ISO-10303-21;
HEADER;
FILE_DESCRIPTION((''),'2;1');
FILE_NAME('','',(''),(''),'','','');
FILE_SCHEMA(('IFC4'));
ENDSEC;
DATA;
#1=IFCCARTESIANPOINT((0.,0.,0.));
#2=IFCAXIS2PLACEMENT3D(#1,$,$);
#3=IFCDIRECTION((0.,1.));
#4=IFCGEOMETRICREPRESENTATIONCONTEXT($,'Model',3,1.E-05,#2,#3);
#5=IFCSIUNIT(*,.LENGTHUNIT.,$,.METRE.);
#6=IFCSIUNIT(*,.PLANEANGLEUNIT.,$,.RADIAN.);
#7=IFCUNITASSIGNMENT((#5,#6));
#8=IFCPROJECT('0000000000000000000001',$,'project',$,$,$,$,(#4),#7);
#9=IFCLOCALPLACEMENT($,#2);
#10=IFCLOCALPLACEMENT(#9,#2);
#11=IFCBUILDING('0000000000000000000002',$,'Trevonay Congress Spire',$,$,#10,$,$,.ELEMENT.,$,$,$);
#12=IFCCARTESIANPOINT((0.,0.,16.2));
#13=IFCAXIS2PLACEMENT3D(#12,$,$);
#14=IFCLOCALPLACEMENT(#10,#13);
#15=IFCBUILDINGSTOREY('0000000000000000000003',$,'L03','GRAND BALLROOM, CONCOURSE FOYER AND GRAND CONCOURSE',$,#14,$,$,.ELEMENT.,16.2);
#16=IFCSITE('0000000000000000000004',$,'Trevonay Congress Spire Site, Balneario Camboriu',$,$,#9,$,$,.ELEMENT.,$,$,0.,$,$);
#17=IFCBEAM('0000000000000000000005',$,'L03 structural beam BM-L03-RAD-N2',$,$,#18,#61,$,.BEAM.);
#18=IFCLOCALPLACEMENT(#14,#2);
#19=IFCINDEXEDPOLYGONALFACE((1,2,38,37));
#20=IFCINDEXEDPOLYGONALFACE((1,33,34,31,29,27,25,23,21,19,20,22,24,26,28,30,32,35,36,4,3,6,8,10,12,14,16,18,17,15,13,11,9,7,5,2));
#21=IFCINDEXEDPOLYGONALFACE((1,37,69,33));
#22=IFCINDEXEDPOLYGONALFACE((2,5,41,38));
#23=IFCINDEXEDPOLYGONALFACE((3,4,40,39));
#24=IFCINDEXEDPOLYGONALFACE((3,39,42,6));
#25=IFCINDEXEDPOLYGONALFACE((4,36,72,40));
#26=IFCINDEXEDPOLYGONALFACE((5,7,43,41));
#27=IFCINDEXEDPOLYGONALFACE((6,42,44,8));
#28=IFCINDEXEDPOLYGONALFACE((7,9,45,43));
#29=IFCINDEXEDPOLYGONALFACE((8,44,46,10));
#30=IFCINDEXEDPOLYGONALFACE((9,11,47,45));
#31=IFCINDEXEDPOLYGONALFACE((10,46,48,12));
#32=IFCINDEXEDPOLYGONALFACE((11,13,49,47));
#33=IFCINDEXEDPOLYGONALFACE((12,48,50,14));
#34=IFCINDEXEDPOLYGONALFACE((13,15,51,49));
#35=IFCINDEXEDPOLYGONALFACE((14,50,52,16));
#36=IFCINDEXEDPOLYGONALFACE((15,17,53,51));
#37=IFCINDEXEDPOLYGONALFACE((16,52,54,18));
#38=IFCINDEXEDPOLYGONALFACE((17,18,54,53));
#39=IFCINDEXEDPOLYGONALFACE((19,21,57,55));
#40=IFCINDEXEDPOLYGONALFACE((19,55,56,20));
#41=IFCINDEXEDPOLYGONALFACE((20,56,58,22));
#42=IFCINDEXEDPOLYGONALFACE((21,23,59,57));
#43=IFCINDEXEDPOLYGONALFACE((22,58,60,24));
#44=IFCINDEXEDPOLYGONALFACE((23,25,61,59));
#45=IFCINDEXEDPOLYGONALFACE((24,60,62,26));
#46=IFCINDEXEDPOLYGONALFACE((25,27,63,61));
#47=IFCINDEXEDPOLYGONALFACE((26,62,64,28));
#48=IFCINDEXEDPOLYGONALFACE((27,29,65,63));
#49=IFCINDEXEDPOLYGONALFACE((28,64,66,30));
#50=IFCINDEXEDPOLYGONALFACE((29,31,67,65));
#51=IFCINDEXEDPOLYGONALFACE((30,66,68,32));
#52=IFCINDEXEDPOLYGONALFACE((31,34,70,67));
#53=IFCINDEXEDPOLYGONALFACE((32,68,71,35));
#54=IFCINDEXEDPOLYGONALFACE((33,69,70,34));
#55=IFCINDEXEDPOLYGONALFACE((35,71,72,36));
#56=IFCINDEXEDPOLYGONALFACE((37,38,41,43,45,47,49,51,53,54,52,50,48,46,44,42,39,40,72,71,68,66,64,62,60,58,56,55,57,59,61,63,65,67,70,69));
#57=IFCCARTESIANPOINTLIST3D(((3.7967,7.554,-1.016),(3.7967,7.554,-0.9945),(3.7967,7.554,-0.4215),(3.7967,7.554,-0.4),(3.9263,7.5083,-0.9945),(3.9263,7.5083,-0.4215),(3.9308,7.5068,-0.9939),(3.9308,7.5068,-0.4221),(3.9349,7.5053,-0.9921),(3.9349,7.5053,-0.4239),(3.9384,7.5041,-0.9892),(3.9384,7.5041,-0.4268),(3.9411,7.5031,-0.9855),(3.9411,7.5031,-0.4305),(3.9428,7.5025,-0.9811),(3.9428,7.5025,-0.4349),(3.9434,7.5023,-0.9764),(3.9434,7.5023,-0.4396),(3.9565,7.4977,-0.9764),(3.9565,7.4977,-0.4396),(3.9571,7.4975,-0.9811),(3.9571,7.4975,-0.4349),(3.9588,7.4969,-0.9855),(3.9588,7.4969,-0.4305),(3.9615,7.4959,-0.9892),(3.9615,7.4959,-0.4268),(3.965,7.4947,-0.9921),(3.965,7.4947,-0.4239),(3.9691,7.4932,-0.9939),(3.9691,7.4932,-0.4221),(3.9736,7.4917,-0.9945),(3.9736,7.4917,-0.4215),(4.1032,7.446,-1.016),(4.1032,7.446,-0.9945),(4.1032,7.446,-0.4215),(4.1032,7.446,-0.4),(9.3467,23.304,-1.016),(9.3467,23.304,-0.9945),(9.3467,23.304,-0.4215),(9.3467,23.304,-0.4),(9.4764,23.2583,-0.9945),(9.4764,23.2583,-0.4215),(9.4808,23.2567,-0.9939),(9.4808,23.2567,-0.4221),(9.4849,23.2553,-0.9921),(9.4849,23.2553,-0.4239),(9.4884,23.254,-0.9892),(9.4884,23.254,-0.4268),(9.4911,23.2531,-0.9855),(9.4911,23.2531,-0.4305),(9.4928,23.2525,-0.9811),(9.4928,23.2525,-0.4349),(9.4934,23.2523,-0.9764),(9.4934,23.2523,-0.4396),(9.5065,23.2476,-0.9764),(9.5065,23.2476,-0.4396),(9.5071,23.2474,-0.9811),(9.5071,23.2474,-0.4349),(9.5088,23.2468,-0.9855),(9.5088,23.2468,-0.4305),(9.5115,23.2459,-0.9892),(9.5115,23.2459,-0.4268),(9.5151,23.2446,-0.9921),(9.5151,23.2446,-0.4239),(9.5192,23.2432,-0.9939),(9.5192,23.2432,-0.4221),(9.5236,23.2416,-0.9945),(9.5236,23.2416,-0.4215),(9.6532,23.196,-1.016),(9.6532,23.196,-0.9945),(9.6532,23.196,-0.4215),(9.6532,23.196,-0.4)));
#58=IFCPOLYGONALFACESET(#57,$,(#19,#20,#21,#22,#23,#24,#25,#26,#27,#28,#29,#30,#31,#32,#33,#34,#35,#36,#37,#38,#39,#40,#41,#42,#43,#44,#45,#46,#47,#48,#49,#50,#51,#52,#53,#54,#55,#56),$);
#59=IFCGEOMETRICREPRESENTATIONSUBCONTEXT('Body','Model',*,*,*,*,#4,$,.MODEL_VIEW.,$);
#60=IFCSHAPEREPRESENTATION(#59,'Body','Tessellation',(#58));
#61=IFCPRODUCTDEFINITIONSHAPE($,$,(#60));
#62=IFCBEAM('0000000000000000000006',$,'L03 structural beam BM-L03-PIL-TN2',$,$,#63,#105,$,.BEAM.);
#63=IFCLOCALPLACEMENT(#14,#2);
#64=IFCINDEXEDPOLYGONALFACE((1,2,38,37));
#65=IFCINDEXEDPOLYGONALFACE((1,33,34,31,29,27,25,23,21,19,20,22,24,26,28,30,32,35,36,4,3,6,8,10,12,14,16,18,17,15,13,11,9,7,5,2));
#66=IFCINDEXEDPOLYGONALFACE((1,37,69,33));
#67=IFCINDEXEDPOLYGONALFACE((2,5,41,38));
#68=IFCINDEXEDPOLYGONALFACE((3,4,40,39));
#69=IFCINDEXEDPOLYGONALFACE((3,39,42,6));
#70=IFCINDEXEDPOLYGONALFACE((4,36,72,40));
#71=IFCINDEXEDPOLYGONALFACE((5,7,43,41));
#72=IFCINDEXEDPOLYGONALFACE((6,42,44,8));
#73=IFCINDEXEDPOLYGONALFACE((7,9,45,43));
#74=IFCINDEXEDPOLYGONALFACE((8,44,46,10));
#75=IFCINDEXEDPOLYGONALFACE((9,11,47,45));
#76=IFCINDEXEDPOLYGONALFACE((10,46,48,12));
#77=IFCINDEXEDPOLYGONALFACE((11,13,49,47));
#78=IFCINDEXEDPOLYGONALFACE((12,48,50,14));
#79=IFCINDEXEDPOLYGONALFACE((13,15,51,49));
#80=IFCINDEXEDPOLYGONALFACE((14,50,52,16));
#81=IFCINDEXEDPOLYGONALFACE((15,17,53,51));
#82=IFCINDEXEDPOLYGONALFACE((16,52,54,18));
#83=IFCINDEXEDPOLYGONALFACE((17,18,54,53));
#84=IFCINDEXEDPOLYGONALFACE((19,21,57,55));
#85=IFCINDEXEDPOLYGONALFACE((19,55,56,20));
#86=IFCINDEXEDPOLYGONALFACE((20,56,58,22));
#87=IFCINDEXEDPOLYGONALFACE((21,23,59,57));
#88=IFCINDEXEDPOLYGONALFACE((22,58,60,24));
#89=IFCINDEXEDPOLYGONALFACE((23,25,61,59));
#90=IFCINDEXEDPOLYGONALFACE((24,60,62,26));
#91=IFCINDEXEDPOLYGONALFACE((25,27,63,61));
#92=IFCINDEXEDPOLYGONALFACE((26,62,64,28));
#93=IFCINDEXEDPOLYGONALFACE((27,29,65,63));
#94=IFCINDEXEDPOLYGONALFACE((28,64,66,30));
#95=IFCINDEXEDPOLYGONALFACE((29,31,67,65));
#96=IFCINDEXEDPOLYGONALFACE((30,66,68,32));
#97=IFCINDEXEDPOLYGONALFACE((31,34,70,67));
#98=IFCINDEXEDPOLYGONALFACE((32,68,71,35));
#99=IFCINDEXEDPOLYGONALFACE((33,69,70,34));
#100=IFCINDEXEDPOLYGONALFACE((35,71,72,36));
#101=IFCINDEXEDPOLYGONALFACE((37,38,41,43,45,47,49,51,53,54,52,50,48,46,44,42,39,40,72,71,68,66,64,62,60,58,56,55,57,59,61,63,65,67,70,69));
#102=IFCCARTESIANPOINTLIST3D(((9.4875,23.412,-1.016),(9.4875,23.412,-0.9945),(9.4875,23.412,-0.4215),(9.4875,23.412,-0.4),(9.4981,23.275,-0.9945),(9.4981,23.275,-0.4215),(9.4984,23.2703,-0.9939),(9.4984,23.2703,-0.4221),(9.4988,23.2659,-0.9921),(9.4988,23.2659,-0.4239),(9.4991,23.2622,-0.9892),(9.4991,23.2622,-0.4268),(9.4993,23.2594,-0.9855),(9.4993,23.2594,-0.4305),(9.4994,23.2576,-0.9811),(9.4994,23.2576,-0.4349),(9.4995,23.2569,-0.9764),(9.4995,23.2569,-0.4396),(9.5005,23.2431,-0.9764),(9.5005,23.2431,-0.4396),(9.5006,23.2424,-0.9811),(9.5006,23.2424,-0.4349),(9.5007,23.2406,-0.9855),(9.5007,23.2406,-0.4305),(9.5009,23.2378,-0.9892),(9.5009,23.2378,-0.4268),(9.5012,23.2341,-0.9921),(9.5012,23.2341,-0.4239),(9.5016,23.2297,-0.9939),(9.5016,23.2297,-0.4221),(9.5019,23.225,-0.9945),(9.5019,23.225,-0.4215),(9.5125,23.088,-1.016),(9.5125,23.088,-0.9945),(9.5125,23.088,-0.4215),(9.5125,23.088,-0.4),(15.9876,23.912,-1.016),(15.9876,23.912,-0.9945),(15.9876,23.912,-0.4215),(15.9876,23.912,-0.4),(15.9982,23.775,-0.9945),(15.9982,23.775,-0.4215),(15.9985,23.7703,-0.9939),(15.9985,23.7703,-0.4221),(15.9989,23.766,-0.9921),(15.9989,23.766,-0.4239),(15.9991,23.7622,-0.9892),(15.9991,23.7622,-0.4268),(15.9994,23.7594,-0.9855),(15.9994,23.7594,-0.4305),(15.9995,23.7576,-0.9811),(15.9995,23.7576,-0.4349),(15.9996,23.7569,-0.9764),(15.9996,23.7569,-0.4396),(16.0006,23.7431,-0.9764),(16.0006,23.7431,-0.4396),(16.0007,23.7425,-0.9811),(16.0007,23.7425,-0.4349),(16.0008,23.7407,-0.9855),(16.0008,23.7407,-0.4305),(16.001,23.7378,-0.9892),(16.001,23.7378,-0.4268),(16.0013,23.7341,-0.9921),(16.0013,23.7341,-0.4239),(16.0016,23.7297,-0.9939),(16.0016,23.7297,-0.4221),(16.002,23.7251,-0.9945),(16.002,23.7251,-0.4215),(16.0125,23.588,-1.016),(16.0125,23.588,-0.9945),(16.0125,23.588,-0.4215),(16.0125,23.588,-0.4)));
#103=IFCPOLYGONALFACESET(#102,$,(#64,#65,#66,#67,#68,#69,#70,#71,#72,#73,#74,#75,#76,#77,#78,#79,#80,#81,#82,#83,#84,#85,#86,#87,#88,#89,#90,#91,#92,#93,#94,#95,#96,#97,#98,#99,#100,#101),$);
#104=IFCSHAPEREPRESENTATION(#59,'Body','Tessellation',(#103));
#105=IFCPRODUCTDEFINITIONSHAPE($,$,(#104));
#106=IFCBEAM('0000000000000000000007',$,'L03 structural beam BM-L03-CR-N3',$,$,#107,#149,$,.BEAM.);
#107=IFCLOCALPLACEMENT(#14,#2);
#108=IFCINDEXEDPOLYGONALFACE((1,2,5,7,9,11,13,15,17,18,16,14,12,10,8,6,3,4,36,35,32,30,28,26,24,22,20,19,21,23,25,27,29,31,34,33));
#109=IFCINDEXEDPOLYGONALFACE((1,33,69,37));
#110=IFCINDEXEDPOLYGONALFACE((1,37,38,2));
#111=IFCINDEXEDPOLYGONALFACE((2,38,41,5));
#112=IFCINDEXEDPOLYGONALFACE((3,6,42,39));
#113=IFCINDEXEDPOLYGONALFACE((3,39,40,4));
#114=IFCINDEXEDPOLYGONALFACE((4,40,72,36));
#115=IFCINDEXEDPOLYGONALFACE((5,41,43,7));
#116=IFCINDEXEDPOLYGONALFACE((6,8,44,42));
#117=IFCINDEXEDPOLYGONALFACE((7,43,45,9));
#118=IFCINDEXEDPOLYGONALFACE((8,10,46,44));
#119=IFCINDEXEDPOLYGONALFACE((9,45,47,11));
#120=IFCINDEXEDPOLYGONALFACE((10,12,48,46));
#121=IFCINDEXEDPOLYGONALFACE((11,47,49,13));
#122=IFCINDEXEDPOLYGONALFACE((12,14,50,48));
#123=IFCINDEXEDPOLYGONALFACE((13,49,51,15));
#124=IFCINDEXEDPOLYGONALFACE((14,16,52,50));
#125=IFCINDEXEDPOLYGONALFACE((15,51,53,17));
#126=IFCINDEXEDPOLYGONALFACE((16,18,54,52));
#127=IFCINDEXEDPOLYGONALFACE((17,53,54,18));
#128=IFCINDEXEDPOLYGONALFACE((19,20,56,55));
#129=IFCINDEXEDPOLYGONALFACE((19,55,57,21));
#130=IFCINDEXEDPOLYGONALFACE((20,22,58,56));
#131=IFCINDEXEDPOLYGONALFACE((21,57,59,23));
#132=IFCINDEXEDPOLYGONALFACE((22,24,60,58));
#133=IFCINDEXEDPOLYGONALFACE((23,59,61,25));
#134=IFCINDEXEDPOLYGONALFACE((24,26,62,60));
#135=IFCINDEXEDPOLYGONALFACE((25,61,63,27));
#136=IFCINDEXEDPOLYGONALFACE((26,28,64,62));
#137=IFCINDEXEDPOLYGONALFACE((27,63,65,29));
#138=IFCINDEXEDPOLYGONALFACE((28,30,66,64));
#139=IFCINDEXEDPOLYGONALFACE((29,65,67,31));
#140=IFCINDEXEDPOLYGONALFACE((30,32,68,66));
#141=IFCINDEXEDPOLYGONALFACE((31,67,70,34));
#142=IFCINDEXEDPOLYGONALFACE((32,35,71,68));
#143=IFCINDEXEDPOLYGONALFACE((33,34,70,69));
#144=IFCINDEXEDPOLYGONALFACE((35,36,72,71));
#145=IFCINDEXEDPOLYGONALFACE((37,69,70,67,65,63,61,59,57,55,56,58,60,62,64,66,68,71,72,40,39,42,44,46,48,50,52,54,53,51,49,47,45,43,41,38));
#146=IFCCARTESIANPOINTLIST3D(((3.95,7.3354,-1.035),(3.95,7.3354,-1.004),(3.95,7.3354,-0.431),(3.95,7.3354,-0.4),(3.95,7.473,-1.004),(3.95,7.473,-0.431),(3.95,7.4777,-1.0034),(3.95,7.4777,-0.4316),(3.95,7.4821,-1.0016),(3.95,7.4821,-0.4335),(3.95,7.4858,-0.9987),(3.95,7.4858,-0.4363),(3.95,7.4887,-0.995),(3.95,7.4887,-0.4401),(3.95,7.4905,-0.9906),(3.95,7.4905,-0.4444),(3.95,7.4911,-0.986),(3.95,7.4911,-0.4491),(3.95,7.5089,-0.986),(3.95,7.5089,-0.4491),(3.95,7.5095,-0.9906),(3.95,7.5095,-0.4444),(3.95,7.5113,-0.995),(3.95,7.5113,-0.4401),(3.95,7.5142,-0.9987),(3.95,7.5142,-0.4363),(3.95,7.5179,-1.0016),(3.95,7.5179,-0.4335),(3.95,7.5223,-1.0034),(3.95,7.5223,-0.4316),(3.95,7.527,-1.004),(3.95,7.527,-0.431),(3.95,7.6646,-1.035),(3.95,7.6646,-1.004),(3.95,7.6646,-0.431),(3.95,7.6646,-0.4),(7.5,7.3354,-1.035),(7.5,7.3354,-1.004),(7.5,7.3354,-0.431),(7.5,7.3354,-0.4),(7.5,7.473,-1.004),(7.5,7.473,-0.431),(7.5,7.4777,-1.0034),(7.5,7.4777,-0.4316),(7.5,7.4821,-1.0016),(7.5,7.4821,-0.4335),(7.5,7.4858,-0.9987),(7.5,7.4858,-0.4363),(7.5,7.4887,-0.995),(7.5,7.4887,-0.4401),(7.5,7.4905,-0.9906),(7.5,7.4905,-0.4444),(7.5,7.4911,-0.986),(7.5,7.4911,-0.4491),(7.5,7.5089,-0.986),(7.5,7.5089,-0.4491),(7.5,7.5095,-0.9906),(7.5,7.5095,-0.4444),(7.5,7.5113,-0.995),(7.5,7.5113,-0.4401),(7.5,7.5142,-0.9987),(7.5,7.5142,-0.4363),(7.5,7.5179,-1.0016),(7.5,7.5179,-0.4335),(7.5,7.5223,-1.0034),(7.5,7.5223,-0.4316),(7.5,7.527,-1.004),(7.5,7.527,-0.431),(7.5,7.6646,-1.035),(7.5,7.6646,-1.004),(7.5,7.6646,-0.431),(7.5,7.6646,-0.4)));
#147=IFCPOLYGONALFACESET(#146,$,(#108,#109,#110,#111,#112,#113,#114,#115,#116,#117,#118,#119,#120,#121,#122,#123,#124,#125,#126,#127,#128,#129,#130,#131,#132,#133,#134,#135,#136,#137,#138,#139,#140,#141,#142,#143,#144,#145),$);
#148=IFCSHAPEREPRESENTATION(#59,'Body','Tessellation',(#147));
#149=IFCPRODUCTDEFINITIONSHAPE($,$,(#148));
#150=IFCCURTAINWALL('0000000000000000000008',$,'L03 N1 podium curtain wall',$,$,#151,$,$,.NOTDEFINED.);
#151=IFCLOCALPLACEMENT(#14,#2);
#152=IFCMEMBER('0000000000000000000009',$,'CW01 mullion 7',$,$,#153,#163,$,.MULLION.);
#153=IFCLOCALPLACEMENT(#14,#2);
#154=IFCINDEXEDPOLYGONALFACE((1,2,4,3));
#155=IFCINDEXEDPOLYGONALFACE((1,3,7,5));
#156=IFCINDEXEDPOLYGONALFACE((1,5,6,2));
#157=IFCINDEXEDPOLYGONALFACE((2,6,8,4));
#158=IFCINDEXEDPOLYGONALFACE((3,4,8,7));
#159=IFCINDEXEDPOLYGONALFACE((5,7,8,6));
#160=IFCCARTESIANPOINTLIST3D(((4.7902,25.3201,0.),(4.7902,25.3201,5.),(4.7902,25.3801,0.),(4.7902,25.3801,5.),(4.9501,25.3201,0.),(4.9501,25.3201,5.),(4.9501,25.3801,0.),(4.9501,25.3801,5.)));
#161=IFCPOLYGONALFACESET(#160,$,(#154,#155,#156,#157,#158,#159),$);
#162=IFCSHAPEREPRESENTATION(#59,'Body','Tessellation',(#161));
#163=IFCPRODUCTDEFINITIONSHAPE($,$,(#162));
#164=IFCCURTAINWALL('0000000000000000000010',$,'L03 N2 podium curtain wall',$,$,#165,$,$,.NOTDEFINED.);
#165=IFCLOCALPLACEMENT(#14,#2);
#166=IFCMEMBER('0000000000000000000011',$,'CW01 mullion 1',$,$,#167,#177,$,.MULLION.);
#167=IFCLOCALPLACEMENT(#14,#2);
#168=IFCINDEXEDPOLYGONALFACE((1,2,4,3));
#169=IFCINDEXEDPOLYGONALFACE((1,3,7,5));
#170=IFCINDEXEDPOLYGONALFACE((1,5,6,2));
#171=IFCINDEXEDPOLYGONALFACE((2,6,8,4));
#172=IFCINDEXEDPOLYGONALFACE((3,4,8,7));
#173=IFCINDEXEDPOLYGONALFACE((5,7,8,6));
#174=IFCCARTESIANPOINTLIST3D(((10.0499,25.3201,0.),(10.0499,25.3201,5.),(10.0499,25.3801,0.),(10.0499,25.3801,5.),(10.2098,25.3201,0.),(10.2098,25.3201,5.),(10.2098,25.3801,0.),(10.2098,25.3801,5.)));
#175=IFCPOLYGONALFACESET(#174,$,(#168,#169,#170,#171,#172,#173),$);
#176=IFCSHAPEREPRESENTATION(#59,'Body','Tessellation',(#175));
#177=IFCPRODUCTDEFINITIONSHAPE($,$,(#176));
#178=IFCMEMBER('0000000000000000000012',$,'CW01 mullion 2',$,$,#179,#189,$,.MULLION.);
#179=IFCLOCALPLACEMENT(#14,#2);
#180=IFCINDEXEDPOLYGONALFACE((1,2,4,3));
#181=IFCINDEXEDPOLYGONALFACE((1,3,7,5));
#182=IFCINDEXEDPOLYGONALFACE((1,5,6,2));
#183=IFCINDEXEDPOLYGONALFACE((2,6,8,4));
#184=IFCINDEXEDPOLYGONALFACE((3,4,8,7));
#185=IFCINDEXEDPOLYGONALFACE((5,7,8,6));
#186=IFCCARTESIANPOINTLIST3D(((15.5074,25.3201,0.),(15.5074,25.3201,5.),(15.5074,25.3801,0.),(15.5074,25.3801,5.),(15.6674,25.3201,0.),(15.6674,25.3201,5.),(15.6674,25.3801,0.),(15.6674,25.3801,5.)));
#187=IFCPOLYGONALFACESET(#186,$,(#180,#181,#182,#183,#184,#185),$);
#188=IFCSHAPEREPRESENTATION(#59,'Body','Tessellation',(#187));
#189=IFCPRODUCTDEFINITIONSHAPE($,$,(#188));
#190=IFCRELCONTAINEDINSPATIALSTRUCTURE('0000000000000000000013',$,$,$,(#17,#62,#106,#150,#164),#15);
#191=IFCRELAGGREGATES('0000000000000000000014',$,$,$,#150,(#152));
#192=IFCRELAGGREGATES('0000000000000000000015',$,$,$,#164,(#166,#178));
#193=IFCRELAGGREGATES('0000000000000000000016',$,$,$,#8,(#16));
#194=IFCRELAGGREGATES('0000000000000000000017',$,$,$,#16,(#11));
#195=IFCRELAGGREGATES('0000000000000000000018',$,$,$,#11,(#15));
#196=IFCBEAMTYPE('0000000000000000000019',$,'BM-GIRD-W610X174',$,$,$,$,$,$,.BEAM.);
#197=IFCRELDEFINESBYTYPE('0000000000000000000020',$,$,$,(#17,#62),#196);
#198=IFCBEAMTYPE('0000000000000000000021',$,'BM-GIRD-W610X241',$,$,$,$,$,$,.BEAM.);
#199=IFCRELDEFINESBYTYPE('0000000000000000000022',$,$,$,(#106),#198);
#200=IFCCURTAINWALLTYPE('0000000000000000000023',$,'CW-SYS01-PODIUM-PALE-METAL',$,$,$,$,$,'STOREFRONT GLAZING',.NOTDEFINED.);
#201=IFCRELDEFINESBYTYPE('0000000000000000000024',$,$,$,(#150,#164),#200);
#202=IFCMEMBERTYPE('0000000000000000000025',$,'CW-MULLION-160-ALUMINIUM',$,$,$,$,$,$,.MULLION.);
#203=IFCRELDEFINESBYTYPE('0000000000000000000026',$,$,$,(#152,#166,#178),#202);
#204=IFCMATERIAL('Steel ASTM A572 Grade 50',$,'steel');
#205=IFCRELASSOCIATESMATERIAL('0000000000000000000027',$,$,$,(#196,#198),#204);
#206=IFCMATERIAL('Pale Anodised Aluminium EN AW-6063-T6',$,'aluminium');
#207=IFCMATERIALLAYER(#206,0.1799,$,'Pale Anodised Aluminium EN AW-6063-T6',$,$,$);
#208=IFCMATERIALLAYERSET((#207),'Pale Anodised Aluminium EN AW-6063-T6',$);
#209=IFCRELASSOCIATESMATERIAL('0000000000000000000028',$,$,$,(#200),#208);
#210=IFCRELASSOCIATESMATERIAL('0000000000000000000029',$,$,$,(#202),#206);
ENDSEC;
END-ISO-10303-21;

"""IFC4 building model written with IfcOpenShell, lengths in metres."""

from ifc_helpers import new_model, si_unit, direction, frame, origin, origin_2d, place, context, subcontext, project, spatial, rectangle, i_section, extrude, material, layer, layer_set, material_profile, profile_set, type_object, element, aggregate, save


model = new_model("IFC4")

# Units and contexts
model_context = context("Model", 3, precision=1e-05, world=origin(), true_north=direction((0.0, 1.0)))
body_context = subcontext(model_context, "Body", "Model", "MODEL_VIEW")
ifc_project = project(units=[si_unit("LENGTHUNIT", "METRE"), si_unit("PLANEANGLEUNIT", "RADIAN")], contexts=[model_context])

# Site, building, storey
site_placement = place(None, origin())
site = spatial("IfcSite", under=ifc_project, at=site_placement, Name="Trevonay Congress Spire Site, Balneario Camboriu", CompositionType="ELEMENT", RefElevation=0.0)
building_placement = place(site_placement, origin())
building = spatial("IfcBuilding", under=site, at=building_placement, Name="Trevonay Congress Spire", CompositionType="ELEMENT")
storey_placement = place(building_placement, frame((0.0, 0.0, 16.2)))
storey = spatial("IfcBuildingStorey", under=building, at=storey_placement, Name="L03", Description="GRAND BALLROOM, CONCOURSE FOYER AND GRAND CONCOURSE", CompositionType="ELEMENT", Elevation=16.2)

# Shared definitions
ifc_material_1 = material(Name="Steel ASTM A572 Grade 50", Category="steel")

# Beams
ifc_material_profile_1 = material_profile(ifc_material_1, i_section(OverallWidth=0.325, OverallDepth=0.616, WebThickness=0.0139, FlangeThickness=0.0215, FilletRadius=0.0181, at=origin_2d()), Name="W610x174")
ifc_profile_set_1 = profile_set([ifc_material_profile_1], Name="Steel ASTM A572 Grade 50")
beam_type_1 = type_object("IfcBeamType", Name="BM-GIRD-W610X174", PredefinedType="BEAM", material=ifc_profile_set_1)
beam_1_placement = place(storey_placement, frame((3.95, 7.5, -0.708), z_axis=(0.332353, 0.943155, 0.0), x_axis=(-0.943155, 0.332353, 0.0)))
element("IfcBeam", 1, at=beam_1_placement, inside=storey, type_object=beam_type_1, Name="L03 structural beam BM-L03-RAD-N2", PredefinedType="BEAM", context=body_context, shape_type="SweptSolid", body=[
    extrude(i_section(OverallWidth=0.325, OverallDepth=0.616, WebThickness=0.0139, FlangeThickness=0.0215, FilletRadius=0.0181, at=origin_2d()), origin(), (0.0, 0.0, 1.0), 16.6992),
])
beam_2_placement = place(storey_placement, frame((9.5, 23.25, -0.708), z_axis=(0.997054, 0.076696, 0.0), x_axis=(-0.076696, 0.997054, 0.0)))
element("IfcBeam", 2, at=beam_2_placement, inside=storey, type_object=beam_type_1, Name="L03 structural beam BM-L03-PIL-TN2", PredefinedType="BEAM", context=body_context, shape_type="SweptSolid", body=[
    extrude(i_section(OverallWidth=0.325, OverallDepth=0.616, WebThickness=0.0139, FlangeThickness=0.0215, FilletRadius=0.0181, at=origin_2d()), origin(), (0.0, 0.0, 1.0), 6.5193),
])
ifc_material_profile_2 = material_profile(ifc_material_1, i_section(OverallWidth=0.3291, OverallDepth=0.635, WebThickness=0.0178, FlangeThickness=0.031, FilletRadius=0.0181, at=origin_2d()), Name="W610x241")
ifc_profile_set_2 = profile_set([ifc_material_profile_2], Name="Steel ASTM A572 Grade 50")
beam_type_2 = type_object("IfcBeamType", Name="BM-GIRD-W610X241", PredefinedType="BEAM", material=ifc_profile_set_2)
beam_3_placement = place(storey_placement, frame((3.95, 7.5, -0.7175), z_axis=(1.0, 0.0, 0.0), x_axis=(0.0, 1.0, 0.0)))
element("IfcBeam", 3, at=beam_3_placement, inside=storey, type_object=beam_type_2, Name="L03 structural beam BM-L03-CR-N3", PredefinedType="BEAM", context=body_context, shape_type="SweptSolid", body=[
    extrude(i_section(OverallWidth=0.3291, OverallDepth=0.635, WebThickness=0.0178, FlangeThickness=0.031, FilletRadius=0.0181, at=origin_2d()), origin(), (0.0, 0.0, 1.0), 3.55),
])

# Curtain wall, member
ifc_material_2 = material(Name="Pale Anodised Aluminium EN AW-6063-T6", Category="aluminium")
ifc_layer_1 = layer(ifc_material_2, 0.1799, Name="Pale Anodised Aluminium EN AW-6063-T6")
ifc_layer_set_1 = layer_set([ifc_layer_1], Name="Pale Anodised Aluminium EN AW-6063-T6")
curtain_wall_type = type_object("IfcCurtainWallType", Name="CW-SYS01-PODIUM-PALE-METAL", ElementType="STOREFRONT GLAZING", PredefinedType="NOTDEFINED", material=ifc_layer_set_1)
curtain_wall_1_placement = place(storey_placement, origin())
curtain_wall_1 = element("IfcCurtainWall", 4, at=curtain_wall_1_placement, inside=storey, type_object=curtain_wall_type, Name="L03 N1 podium curtain wall", PredefinedType="NOTDEFINED")
ifc_material_profile_3 = material_profile(ifc_material_2, rectangle(XDim=0.0601, YDim=0.1599, at=origin_2d()), Name="CW-MULLION-160-ALUMINIUM")
ifc_profile_set_3 = profile_set([ifc_material_profile_3], Name="Pale Anodised Aluminium EN AW-6063-T6")
member_type_1 = type_object("IfcMemberType", Name="CW-MULLION-160-ALUMINIUM", PredefinedType="MULLION", material=ifc_profile_set_3)
member_1_placement = place(storey_placement, frame((4.8701, 25.3501, 0.0), z_axis=(0.0, 0.0, 1.0), x_axis=(0.0, 1.0, 0.0)))
member_1 = element("IfcMember", 5, at=member_1_placement, type_object=member_type_1, Name="CW01 mullion 7", PredefinedType="MULLION", context=body_context, shape_type="SweptSolid", body=[
    extrude(rectangle(XDim=0.0601, YDim=0.1599, at=origin_2d()), origin(), (0.0, 0.0, 1.0), 5.0),
])

# Curtain wall, members
curtain_wall_2_placement = place(storey_placement, origin())
curtain_wall_2 = element("IfcCurtainWall", 6, at=curtain_wall_2_placement, inside=storey, type_object=curtain_wall_type, Name="L03 N2 podium curtain wall", PredefinedType="NOTDEFINED")
member_2_placement = place(storey_placement, frame((10.1299, 25.3501, 0.0), z_axis=(0.0, 0.0, 1.0), x_axis=(0.0, 1.0, 0.0)))
member_2 = element("IfcMember", 7, at=member_2_placement, type_object=member_type_1, Name="CW01 mullion 1", PredefinedType="MULLION", context=body_context, shape_type="SweptSolid", body=[
    extrude(rectangle(XDim=0.0601, YDim=0.1599, at=origin_2d()), origin(), (0.0, 0.0, 1.0), 5.0),
])
member_3_placement = place(storey_placement, frame((15.5874, 25.3501, 0.0), z_axis=(0.0, 0.0, 1.0), x_axis=(0.0, 1.0, 0.0)))
member_3 = element("IfcMember", 8, at=member_3_placement, type_object=member_type_1, Name="CW01 mullion 2", PredefinedType="MULLION", context=body_context, shape_type="SweptSolid", body=[
    extrude(rectangle(XDim=0.0601, YDim=0.1599, at=origin_2d()), origin(), (0.0, 0.0, 1.0), 5.0),
])

aggregate(curtain_wall_1, [member_1])
aggregate(curtain_wall_2, [member_2, member_3])

save(model, "model.ifc")
